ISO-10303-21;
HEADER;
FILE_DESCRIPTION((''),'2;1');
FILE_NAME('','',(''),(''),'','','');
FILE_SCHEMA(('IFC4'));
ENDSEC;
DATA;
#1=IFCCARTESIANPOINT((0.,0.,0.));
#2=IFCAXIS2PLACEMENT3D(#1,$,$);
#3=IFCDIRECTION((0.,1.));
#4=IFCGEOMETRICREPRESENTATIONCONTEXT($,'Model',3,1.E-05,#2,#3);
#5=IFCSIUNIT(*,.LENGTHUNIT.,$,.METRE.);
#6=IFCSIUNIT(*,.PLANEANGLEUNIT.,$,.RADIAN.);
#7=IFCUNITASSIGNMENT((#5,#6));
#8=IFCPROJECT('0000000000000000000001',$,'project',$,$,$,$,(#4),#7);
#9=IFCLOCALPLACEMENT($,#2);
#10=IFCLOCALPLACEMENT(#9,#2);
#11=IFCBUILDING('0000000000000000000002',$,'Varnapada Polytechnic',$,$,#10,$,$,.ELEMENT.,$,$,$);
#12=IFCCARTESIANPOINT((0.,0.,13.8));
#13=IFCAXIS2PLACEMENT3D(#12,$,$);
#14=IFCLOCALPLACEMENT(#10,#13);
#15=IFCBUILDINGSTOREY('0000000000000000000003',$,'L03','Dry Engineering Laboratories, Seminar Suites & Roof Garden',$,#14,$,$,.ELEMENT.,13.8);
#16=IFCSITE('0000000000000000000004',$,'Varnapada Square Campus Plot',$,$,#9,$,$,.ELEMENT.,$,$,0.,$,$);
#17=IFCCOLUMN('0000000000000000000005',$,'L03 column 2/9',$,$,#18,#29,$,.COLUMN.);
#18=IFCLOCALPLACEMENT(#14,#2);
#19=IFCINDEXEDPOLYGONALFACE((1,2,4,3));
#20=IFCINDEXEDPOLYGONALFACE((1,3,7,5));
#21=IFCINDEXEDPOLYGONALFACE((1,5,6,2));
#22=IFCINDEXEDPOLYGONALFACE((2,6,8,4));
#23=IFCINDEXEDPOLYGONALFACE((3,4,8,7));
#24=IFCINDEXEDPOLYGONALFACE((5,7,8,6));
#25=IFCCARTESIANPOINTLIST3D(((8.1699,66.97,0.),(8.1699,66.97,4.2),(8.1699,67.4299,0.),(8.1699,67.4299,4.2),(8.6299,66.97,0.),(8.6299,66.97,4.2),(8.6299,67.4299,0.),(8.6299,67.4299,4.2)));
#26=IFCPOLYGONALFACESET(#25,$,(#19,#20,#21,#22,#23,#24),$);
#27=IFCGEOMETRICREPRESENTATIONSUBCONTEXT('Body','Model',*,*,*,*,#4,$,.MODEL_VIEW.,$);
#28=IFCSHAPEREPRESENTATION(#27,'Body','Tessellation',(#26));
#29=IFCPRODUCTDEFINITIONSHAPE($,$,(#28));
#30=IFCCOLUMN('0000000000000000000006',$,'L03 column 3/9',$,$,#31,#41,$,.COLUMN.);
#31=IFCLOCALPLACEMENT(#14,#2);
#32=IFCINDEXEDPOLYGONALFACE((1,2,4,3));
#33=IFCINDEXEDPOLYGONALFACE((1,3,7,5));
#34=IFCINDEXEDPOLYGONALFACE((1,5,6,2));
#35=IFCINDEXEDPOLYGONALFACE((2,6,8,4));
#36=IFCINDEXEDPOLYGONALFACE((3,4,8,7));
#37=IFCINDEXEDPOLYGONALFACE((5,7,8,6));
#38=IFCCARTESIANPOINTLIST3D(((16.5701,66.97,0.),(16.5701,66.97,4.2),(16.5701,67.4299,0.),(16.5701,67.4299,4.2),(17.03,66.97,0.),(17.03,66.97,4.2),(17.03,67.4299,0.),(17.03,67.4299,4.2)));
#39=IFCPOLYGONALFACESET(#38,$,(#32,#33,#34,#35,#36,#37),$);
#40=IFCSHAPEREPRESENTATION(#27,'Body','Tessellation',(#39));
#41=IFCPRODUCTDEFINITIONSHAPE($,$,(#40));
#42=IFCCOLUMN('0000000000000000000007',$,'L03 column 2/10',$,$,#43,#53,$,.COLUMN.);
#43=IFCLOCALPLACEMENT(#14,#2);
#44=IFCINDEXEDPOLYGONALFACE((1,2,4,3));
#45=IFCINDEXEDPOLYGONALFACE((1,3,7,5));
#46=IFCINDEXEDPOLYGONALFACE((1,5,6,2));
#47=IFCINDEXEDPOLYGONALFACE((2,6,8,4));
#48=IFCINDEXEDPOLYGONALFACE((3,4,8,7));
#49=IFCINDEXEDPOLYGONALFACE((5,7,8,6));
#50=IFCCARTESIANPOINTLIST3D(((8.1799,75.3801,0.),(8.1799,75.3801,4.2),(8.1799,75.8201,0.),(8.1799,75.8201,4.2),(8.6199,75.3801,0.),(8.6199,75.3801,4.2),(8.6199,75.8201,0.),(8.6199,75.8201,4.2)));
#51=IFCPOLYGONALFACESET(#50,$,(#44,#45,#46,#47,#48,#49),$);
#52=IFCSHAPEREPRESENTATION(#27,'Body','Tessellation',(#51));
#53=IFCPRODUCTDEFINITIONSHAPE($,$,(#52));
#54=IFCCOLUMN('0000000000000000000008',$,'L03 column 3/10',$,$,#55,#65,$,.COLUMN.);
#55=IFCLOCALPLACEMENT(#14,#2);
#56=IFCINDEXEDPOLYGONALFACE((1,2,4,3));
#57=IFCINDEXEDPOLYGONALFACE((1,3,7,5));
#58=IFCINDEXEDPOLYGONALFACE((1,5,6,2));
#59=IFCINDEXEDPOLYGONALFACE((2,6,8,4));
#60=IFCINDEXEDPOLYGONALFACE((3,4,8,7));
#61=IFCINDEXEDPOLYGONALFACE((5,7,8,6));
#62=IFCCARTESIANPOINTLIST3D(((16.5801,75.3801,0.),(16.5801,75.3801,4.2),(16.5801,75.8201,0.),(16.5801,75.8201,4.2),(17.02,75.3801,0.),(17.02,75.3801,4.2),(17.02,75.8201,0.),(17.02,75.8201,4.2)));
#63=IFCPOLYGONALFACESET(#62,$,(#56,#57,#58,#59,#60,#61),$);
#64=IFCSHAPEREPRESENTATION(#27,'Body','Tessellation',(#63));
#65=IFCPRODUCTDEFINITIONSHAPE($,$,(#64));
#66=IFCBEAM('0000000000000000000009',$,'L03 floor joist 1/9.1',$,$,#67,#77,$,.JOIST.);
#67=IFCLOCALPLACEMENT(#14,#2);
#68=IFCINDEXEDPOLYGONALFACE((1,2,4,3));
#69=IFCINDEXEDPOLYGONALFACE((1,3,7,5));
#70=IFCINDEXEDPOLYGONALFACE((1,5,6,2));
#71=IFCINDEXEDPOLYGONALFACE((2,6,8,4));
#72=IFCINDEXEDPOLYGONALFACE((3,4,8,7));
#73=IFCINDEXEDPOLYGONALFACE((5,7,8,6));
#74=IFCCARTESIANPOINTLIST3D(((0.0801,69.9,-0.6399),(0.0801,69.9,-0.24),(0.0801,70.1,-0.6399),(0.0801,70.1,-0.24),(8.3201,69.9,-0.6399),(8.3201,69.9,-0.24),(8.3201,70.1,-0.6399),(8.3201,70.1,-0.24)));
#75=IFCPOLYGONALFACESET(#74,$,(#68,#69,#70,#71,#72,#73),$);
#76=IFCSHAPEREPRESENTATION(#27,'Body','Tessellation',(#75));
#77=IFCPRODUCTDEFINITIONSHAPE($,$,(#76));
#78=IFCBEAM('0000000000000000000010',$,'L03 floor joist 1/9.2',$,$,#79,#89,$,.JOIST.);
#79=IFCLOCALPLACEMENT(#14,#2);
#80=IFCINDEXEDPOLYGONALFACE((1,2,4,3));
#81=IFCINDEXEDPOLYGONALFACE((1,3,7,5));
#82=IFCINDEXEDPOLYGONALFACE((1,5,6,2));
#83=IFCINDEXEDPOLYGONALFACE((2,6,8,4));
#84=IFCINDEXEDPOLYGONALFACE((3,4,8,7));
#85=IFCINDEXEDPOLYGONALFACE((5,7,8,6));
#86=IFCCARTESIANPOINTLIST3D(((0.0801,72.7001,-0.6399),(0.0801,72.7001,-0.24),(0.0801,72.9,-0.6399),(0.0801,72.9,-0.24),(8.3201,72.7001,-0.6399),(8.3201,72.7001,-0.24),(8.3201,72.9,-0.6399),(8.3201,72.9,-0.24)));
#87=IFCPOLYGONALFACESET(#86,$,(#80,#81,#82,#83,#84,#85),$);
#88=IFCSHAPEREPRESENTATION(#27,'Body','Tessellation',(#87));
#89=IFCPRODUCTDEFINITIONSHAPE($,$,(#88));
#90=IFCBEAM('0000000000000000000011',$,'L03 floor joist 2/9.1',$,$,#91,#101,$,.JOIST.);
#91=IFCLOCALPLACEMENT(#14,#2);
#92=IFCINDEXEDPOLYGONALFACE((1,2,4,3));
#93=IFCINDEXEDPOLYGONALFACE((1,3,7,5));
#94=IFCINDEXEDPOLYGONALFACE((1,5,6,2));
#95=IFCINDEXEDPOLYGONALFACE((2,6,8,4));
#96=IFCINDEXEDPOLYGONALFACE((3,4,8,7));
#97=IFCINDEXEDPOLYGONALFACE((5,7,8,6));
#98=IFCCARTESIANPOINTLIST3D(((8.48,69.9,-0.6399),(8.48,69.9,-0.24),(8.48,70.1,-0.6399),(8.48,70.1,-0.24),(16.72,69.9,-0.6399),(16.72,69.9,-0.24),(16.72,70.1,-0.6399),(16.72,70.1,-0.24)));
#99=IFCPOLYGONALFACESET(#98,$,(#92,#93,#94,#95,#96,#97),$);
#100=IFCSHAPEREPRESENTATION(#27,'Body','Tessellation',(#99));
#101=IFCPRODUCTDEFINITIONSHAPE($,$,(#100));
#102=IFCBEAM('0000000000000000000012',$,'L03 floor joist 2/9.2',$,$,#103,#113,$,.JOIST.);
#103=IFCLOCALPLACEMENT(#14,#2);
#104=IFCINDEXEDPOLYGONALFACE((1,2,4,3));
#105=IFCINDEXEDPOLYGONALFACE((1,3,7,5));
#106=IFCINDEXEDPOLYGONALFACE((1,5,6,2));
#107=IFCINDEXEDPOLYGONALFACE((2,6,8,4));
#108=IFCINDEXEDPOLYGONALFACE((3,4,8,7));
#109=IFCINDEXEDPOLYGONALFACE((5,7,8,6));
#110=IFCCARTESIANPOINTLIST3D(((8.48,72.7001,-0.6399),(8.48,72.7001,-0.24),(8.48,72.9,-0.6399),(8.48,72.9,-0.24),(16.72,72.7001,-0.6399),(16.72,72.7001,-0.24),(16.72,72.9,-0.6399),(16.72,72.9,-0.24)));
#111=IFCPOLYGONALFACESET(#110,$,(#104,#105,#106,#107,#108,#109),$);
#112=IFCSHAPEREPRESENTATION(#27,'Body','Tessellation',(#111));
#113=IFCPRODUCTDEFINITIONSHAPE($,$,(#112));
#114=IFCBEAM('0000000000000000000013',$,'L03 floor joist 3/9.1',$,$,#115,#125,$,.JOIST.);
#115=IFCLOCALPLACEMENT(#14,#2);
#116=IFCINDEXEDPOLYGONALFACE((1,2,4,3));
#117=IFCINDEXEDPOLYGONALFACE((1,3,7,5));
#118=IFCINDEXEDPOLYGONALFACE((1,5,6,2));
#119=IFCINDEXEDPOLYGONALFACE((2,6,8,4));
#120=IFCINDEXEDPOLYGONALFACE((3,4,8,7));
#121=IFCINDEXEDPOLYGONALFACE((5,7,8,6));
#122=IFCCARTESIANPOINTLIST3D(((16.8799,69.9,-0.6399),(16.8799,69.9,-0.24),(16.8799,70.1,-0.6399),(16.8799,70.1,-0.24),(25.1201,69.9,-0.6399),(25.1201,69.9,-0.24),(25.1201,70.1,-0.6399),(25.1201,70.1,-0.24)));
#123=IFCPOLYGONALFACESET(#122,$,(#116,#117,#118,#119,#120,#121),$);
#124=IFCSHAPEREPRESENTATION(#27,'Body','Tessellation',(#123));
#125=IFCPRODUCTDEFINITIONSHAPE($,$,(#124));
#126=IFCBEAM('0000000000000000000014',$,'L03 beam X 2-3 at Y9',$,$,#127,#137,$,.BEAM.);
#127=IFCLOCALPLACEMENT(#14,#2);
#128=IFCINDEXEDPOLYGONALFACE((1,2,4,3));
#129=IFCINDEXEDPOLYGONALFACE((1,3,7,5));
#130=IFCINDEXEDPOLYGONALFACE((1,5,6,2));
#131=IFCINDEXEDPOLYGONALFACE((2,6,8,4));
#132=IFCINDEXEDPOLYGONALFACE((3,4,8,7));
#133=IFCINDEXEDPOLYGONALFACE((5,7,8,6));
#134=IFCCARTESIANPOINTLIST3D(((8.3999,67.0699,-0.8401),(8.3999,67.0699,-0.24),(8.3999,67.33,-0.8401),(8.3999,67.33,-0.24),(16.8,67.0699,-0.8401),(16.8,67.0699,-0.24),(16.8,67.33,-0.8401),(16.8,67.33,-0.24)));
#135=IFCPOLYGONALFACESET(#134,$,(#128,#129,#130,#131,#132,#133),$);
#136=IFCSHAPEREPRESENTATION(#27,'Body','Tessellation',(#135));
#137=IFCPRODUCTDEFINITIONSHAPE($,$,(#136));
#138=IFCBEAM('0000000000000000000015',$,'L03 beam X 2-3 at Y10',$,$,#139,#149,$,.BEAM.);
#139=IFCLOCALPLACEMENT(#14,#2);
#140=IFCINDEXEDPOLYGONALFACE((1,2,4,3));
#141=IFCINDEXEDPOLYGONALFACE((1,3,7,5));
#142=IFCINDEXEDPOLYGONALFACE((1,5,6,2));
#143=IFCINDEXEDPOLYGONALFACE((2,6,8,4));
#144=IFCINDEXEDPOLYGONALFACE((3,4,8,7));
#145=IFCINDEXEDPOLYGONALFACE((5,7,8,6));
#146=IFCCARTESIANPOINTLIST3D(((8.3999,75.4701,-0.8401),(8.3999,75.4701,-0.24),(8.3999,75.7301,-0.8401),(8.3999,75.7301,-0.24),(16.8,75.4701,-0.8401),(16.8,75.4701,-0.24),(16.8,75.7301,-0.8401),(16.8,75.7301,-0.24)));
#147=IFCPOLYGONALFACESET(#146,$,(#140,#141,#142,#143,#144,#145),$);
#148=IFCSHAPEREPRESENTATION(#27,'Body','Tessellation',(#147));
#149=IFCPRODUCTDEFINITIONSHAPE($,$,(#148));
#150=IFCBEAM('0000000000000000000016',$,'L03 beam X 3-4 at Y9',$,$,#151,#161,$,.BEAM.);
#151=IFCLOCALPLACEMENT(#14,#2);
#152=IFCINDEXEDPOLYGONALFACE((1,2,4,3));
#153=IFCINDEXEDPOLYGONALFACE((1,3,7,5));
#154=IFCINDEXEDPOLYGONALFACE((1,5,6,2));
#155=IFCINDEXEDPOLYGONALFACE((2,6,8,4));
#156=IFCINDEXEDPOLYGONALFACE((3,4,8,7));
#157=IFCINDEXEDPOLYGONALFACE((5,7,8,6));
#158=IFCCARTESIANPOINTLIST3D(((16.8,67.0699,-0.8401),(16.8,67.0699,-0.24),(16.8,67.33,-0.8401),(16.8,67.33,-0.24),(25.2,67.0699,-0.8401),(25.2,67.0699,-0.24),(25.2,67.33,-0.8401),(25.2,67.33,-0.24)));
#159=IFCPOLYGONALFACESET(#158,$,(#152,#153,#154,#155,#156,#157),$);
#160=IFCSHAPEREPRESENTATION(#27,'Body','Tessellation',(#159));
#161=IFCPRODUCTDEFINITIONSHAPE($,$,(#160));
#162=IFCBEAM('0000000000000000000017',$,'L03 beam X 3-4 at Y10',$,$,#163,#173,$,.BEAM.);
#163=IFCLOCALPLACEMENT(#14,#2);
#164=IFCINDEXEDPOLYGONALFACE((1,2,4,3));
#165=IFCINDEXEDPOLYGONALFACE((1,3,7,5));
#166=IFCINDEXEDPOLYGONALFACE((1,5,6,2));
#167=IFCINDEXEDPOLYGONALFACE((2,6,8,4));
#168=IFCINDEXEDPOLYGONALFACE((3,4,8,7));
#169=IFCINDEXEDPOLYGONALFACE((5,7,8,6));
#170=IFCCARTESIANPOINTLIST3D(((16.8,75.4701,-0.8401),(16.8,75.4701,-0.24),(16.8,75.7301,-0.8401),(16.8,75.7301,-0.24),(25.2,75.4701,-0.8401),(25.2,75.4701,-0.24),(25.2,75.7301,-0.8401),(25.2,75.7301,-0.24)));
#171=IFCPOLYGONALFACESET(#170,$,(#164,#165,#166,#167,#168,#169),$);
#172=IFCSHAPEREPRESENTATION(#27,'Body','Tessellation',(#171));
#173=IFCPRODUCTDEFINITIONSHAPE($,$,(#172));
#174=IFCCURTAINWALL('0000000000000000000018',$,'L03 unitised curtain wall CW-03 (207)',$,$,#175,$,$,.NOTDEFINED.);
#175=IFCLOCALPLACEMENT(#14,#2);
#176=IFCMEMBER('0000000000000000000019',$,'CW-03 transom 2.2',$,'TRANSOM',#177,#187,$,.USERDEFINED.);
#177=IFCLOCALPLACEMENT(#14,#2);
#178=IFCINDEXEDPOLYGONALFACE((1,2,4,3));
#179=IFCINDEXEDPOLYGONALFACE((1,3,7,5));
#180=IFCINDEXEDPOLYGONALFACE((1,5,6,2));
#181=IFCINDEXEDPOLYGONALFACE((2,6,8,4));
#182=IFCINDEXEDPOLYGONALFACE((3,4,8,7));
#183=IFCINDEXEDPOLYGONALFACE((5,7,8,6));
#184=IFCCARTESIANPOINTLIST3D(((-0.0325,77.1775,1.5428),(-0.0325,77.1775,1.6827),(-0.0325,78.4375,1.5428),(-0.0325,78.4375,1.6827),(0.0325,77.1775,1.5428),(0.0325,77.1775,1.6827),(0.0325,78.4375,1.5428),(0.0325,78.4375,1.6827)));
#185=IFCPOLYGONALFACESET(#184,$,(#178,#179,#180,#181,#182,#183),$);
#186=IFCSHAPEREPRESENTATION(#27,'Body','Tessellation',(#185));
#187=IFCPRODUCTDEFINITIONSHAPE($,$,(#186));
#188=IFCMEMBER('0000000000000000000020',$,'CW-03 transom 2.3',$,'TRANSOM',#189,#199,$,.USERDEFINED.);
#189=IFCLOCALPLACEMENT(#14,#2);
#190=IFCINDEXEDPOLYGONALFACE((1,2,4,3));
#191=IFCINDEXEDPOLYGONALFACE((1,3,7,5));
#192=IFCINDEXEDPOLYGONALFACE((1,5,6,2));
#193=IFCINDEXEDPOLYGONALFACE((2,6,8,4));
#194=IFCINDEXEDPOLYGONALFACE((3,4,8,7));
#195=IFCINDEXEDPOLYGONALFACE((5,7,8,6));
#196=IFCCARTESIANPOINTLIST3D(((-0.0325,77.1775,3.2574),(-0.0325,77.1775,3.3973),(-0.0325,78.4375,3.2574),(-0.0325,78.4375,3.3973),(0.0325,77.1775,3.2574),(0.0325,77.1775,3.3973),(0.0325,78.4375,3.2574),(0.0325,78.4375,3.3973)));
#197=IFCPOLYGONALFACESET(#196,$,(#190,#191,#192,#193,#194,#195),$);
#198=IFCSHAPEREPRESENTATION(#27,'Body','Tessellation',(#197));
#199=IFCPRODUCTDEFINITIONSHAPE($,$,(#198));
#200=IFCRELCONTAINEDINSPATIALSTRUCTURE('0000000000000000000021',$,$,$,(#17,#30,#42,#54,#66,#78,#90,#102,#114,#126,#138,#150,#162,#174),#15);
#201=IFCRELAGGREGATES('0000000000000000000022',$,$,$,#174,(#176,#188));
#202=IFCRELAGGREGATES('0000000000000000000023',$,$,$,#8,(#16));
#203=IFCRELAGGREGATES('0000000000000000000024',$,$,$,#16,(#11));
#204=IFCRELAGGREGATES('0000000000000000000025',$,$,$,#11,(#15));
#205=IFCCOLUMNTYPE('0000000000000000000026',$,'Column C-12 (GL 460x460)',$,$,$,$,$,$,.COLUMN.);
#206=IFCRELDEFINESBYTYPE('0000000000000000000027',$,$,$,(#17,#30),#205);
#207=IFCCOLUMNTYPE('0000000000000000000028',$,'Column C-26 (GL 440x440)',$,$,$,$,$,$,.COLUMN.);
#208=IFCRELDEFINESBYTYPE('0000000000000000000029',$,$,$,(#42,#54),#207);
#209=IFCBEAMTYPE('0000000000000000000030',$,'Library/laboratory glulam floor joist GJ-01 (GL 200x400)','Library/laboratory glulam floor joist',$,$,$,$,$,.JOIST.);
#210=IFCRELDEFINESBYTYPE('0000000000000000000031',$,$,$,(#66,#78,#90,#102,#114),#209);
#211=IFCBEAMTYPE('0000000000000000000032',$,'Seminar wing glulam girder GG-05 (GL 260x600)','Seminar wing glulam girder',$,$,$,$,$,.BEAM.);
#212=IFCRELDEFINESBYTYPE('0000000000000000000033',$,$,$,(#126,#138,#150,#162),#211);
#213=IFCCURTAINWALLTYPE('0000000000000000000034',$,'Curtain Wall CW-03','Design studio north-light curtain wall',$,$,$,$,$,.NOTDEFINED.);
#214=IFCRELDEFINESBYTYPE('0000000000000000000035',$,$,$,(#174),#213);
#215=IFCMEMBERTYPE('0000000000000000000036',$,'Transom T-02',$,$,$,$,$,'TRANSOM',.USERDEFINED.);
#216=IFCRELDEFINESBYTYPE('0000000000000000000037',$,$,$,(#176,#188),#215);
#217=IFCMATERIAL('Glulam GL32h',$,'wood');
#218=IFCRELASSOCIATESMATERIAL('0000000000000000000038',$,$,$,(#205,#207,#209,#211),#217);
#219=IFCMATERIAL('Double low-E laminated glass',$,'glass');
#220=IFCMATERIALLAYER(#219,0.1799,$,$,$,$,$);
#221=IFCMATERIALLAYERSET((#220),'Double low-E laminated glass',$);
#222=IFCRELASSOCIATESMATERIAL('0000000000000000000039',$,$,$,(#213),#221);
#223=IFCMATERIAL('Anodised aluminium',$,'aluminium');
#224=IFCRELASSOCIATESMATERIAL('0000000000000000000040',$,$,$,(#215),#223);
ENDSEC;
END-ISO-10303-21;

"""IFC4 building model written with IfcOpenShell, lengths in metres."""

from ifc_helpers import new_model, si_unit, direction, frame, origin, origin_2d, place, context, subcontext, project, spatial, rectangle, extrude, material, layer, layer_set, material_profile, profile_set, type_object, element, aggregate, save


model = new_model("IFC4")

# Units and contexts
model_context = context("Model", 3, precision=1e-05, world=origin(), true_north=direction((0.0, 1.0)))
body_context = subcontext(model_context, "Body", "Model", "MODEL_VIEW")
ifc_project = project(units=[si_unit("LENGTHUNIT", "METRE"), si_unit("PLANEANGLEUNIT", "RADIAN")], contexts=[model_context])

# Site, building, storey
site_placement = place(None, origin())
site = spatial("IfcSite", under=ifc_project, at=site_placement, Name="Varnapada Square Campus Plot", CompositionType="ELEMENT", RefElevation=0.0)
building_placement = place(site_placement, origin())
building = spatial("IfcBuilding", under=site, at=building_placement, Name="Varnapada Polytechnic", CompositionType="ELEMENT")
storey_placement = place(building_placement, frame((0.0, 0.0, 13.8)))
storey = spatial("IfcBuildingStorey", under=building, at=storey_placement, Name="L03", Description="Dry Engineering Laboratories, Seminar Suites & Roof Garden", CompositionType="ELEMENT", Elevation=13.8)

# Columns
ifc_material_1 = material(Name="Glulam GL32h", Category="wood")
ifc_material_profile_1 = material_profile(ifc_material_1, rectangle(XDim=0.46, YDim=0.46, at=origin_2d()), Name="GL 460x460")
ifc_profile_set_1 = profile_set([ifc_material_profile_1], Name="Glulam GL32h")
column_type_1 = type_object("IfcColumnType", Name="Column C-12 (GL 460x460)", PredefinedType="COLUMN", material=ifc_profile_set_1)
for number, where, z_axis, x_axis, name in (
    (1, (8.3999, 67.2, 0.0), (0.0, 0.0, 1.0), (1.0, 0.0, 0.0), "L03 column 2/9"),
    (2, (16.8, 67.2, 0.0), (0.0, 0.0, 1.0), (1.0, 0.0, 0.0), "L03 column 3/9"),
):
    element("IfcColumn", number, at=place(storey_placement, frame(where, z_axis=z_axis, x_axis=x_axis)), inside=storey, type_object=column_type_1, Name=name, PredefinedType="COLUMN", context=body_context, shape_type="SweptSolid", body=[
        extrude(rectangle(XDim=0.46, YDim=0.46, at=origin_2d()), origin(), (0.0, 0.0, 1.0), 4.2),
    ])
ifc_material_profile_2 = material_profile(ifc_material_1, rectangle(XDim=0.4399, YDim=0.4399, at=origin_2d()), Name="GL 440x440")
ifc_profile_set_2 = profile_set([ifc_material_profile_2], Name="Glulam GL32h")
column_type_2 = type_object("IfcColumnType", Name="Column C-26 (GL 440x440)", PredefinedType="COLUMN", material=ifc_profile_set_2)
for number, where, z_axis, x_axis, name in (
    (3, (8.3999, 75.6001, 0.0), (0.0, 0.0, 1.0), (1.0, 0.0, 0.0), "L03 column 2/10"),
    (4, (16.8, 75.6001, 0.0), (0.0, 0.0, 1.0), (1.0, 0.0, 0.0), "L03 column 3/10"),
):
    element("IfcColumn", number, at=place(storey_placement, frame(where, z_axis=z_axis, x_axis=x_axis)), inside=storey, type_object=column_type_2, Name=name, PredefinedType="COLUMN", context=body_context, shape_type="SweptSolid", body=[
        extrude(rectangle(XDim=0.4399, YDim=0.4399, at=origin_2d()), origin(), (0.0, 0.0, 1.0), 4.2),
    ])

# Beams
ifc_material_profile_3 = material_profile(ifc_material_1, rectangle(XDim=0.2, YDim=0.3999, at=origin_2d()), Name="GL 200x400")
ifc_profile_set_3 = profile_set([ifc_material_profile_3], Name="Glulam GL32h")
beam_type_1 = type_object("IfcBeamType", Name="Library/laboratory glulam floor joist GJ-01 (GL 200x400)", Description="Library/laboratory glulam floor joist", PredefinedType="JOIST", material=ifc_profile_set_3)
for number, where, z_axis, x_axis, name in (
    (5, (0.0801, 70.0, -0.4399), (1.0, 0.0, 0.0), (0.0, 1.0, 0.0), "L03 floor joist 1/9.1"),
    (6, (0.0801, 72.8, -0.4399), (1.0, 0.0, 0.0), (0.0, 1.0, 0.0), "L03 floor joist 1/9.2"),
    (7, (8.48, 70.0, -0.4399), (1.0, 0.0, 0.0), (0.0, 1.0, 0.0), "L03 floor joist 2/9.1"),
    (8, (8.48, 72.8, -0.4399), (1.0, 0.0, 0.0), (0.0, 1.0, 0.0), "L03 floor joist 2/9.2"),
):
    element("IfcBeam", number, at=place(storey_placement, frame(where, z_axis=z_axis, x_axis=x_axis)), inside=storey, type_object=beam_type_1, Name=name, PredefinedType="JOIST", context=body_context, shape_type="SweptSolid", body=[
        extrude(rectangle(XDim=0.2, YDim=0.3999, at=origin_2d()), origin(), (0.0, 0.0, 1.0), 8.24),
    ])
beam_1_placement = place(storey_placement, frame((16.8799, 70.0, -0.4399), z_axis=(1.0, 0.0, 0.0), x_axis=(0.0, 1.0, 0.0)))
element("IfcBeam", 9, at=beam_1_placement, inside=storey, type_object=beam_type_1, Name="L03 floor joist 3/9.1", PredefinedType="JOIST", context=body_context, shape_type="SweptSolid", body=[
    extrude(rectangle(XDim=0.2, YDim=0.3999, at=origin_2d()), origin(), (0.0, 0.0, 1.0), 8.2402),
])
ifc_material_profile_4 = material_profile(ifc_material_1, rectangle(XDim=0.26, YDim=0.6001, at=origin_2d()), Name="GL 260x600")
ifc_profile_set_4 = profile_set([ifc_material_profile_4], Name="Glulam GL32h")
beam_type_2 = type_object("IfcBeamType", Name="Seminar wing glulam girder GG-05 (GL 260x600)", Description="Seminar wing glulam girder", PredefinedType="BEAM", material=ifc_profile_set_4)
for number, where, z_axis, x_axis, name in (
    (10, (8.3999, 67.2, -0.54), (1.0, 0.0, 0.0), (0.0, 1.0, 0.0), "L03 beam X 2-3 at Y9"),
    (11, (8.3999, 75.6001, -0.54), (1.0, 0.0, 0.0), (0.0, 1.0, 0.0), "L03 beam X 2-3 at Y10"),
):
    element("IfcBeam", number, at=place(storey_placement, frame(where, z_axis=z_axis, x_axis=x_axis)), inside=storey, type_object=beam_type_2, Name=name, PredefinedType="BEAM", context=body_context, shape_type="SweptSolid", body=[
        extrude(rectangle(XDim=0.26, YDim=0.6001, at=origin_2d()), origin(), (0.0, 0.0, 1.0), 8.4001),
    ])
for number, where, z_axis, x_axis, name in (
    (12, (16.8, 67.2, -0.54), (1.0, 0.0, 0.0), (0.0, 1.0, 0.0), "L03 beam X 3-4 at Y9"),
    (13, (16.8, 75.6001, -0.54), (1.0, 0.0, 0.0), (0.0, 1.0, 0.0), "L03 beam X 3-4 at Y10"),
):
    element("IfcBeam", number, at=place(storey_placement, frame(where, z_axis=z_axis, x_axis=x_axis)), inside=storey, type_object=beam_type_2, Name=name, PredefinedType="BEAM", context=body_context, shape_type="SweptSolid", body=[
        extrude(rectangle(XDim=0.26, YDim=0.6001, at=origin_2d()), origin(), (0.0, 0.0, 1.0), 8.3999),
    ])

# Curtain wall, members
ifc_material_2 = material(Name="Double low-E laminated glass", Category="glass")
ifc_layer_1 = layer(ifc_material_2, 0.1799)
ifc_layer_set_1 = layer_set([ifc_layer_1], Name="Double low-E laminated glass")
curtain_wall_type = type_object("IfcCurtainWallType", Name="Curtain Wall CW-03", Description="Design studio north-light curtain wall", PredefinedType="NOTDEFINED", material=ifc_layer_set_1)
curtain_wall_placement = place(storey_placement, origin())
curtain_wall = element("IfcCurtainWall", 14, at=curtain_wall_placement, inside=storey, type_object=curtain_wall_type, Name="L03 unitised curtain wall CW-03 (207)", PredefinedType="NOTDEFINED")
ifc_material_3 = material(Name="Anodised aluminium", Category="aluminium")
ifc_material_profile_5 = material_profile(ifc_material_3, rectangle(XDim=0.0649, YDim=0.1399, at=origin_2d()), Name="ALU T65x140")
ifc_profile_set_5 = profile_set([ifc_material_profile_5], Name="Anodised aluminium")
member_type = type_object("IfcMemberType", Name="Transom T-02", ElementType="TRANSOM", PredefinedType="USERDEFINED", material=ifc_profile_set_5)
member_1_placement = place(storey_placement, frame((0.0, 77.1775, 1.6128), z_axis=(0.0, 1.0, 0.0), x_axis=(-1.0, 0.0, 0.0)))
member_1 = element("IfcMember", 15, at=member_1_placement, type_object=member_type, Name="CW-03 transom 2.2", ObjectType="TRANSOM", PredefinedType="USERDEFINED", context=body_context, shape_type="SweptSolid", body=[
    extrude(rectangle(XDim=0.0649, YDim=0.1399, at=origin_2d()), origin(), (0.0, 0.0, 1.0), 1.26),
])
member_2_placement = place(storey_placement, frame((0.0, 77.1775, 3.3274), z_axis=(0.0, 1.0, 0.0), x_axis=(-1.0, 0.0, 0.0)))
member_2 = element("IfcMember", 16, at=member_2_placement, type_object=member_type, Name="CW-03 transom 2.3", ObjectType="TRANSOM", PredefinedType="USERDEFINED", context=body_context, shape_type="SweptSolid", body=[
    extrude(rectangle(XDim=0.0649, YDim=0.1399, at=origin_2d()), origin(), (0.0, 0.0, 1.0), 1.26),
])
aggregate(curtain_wall, [member_1, member_2])

save(model, "model.ifc")
